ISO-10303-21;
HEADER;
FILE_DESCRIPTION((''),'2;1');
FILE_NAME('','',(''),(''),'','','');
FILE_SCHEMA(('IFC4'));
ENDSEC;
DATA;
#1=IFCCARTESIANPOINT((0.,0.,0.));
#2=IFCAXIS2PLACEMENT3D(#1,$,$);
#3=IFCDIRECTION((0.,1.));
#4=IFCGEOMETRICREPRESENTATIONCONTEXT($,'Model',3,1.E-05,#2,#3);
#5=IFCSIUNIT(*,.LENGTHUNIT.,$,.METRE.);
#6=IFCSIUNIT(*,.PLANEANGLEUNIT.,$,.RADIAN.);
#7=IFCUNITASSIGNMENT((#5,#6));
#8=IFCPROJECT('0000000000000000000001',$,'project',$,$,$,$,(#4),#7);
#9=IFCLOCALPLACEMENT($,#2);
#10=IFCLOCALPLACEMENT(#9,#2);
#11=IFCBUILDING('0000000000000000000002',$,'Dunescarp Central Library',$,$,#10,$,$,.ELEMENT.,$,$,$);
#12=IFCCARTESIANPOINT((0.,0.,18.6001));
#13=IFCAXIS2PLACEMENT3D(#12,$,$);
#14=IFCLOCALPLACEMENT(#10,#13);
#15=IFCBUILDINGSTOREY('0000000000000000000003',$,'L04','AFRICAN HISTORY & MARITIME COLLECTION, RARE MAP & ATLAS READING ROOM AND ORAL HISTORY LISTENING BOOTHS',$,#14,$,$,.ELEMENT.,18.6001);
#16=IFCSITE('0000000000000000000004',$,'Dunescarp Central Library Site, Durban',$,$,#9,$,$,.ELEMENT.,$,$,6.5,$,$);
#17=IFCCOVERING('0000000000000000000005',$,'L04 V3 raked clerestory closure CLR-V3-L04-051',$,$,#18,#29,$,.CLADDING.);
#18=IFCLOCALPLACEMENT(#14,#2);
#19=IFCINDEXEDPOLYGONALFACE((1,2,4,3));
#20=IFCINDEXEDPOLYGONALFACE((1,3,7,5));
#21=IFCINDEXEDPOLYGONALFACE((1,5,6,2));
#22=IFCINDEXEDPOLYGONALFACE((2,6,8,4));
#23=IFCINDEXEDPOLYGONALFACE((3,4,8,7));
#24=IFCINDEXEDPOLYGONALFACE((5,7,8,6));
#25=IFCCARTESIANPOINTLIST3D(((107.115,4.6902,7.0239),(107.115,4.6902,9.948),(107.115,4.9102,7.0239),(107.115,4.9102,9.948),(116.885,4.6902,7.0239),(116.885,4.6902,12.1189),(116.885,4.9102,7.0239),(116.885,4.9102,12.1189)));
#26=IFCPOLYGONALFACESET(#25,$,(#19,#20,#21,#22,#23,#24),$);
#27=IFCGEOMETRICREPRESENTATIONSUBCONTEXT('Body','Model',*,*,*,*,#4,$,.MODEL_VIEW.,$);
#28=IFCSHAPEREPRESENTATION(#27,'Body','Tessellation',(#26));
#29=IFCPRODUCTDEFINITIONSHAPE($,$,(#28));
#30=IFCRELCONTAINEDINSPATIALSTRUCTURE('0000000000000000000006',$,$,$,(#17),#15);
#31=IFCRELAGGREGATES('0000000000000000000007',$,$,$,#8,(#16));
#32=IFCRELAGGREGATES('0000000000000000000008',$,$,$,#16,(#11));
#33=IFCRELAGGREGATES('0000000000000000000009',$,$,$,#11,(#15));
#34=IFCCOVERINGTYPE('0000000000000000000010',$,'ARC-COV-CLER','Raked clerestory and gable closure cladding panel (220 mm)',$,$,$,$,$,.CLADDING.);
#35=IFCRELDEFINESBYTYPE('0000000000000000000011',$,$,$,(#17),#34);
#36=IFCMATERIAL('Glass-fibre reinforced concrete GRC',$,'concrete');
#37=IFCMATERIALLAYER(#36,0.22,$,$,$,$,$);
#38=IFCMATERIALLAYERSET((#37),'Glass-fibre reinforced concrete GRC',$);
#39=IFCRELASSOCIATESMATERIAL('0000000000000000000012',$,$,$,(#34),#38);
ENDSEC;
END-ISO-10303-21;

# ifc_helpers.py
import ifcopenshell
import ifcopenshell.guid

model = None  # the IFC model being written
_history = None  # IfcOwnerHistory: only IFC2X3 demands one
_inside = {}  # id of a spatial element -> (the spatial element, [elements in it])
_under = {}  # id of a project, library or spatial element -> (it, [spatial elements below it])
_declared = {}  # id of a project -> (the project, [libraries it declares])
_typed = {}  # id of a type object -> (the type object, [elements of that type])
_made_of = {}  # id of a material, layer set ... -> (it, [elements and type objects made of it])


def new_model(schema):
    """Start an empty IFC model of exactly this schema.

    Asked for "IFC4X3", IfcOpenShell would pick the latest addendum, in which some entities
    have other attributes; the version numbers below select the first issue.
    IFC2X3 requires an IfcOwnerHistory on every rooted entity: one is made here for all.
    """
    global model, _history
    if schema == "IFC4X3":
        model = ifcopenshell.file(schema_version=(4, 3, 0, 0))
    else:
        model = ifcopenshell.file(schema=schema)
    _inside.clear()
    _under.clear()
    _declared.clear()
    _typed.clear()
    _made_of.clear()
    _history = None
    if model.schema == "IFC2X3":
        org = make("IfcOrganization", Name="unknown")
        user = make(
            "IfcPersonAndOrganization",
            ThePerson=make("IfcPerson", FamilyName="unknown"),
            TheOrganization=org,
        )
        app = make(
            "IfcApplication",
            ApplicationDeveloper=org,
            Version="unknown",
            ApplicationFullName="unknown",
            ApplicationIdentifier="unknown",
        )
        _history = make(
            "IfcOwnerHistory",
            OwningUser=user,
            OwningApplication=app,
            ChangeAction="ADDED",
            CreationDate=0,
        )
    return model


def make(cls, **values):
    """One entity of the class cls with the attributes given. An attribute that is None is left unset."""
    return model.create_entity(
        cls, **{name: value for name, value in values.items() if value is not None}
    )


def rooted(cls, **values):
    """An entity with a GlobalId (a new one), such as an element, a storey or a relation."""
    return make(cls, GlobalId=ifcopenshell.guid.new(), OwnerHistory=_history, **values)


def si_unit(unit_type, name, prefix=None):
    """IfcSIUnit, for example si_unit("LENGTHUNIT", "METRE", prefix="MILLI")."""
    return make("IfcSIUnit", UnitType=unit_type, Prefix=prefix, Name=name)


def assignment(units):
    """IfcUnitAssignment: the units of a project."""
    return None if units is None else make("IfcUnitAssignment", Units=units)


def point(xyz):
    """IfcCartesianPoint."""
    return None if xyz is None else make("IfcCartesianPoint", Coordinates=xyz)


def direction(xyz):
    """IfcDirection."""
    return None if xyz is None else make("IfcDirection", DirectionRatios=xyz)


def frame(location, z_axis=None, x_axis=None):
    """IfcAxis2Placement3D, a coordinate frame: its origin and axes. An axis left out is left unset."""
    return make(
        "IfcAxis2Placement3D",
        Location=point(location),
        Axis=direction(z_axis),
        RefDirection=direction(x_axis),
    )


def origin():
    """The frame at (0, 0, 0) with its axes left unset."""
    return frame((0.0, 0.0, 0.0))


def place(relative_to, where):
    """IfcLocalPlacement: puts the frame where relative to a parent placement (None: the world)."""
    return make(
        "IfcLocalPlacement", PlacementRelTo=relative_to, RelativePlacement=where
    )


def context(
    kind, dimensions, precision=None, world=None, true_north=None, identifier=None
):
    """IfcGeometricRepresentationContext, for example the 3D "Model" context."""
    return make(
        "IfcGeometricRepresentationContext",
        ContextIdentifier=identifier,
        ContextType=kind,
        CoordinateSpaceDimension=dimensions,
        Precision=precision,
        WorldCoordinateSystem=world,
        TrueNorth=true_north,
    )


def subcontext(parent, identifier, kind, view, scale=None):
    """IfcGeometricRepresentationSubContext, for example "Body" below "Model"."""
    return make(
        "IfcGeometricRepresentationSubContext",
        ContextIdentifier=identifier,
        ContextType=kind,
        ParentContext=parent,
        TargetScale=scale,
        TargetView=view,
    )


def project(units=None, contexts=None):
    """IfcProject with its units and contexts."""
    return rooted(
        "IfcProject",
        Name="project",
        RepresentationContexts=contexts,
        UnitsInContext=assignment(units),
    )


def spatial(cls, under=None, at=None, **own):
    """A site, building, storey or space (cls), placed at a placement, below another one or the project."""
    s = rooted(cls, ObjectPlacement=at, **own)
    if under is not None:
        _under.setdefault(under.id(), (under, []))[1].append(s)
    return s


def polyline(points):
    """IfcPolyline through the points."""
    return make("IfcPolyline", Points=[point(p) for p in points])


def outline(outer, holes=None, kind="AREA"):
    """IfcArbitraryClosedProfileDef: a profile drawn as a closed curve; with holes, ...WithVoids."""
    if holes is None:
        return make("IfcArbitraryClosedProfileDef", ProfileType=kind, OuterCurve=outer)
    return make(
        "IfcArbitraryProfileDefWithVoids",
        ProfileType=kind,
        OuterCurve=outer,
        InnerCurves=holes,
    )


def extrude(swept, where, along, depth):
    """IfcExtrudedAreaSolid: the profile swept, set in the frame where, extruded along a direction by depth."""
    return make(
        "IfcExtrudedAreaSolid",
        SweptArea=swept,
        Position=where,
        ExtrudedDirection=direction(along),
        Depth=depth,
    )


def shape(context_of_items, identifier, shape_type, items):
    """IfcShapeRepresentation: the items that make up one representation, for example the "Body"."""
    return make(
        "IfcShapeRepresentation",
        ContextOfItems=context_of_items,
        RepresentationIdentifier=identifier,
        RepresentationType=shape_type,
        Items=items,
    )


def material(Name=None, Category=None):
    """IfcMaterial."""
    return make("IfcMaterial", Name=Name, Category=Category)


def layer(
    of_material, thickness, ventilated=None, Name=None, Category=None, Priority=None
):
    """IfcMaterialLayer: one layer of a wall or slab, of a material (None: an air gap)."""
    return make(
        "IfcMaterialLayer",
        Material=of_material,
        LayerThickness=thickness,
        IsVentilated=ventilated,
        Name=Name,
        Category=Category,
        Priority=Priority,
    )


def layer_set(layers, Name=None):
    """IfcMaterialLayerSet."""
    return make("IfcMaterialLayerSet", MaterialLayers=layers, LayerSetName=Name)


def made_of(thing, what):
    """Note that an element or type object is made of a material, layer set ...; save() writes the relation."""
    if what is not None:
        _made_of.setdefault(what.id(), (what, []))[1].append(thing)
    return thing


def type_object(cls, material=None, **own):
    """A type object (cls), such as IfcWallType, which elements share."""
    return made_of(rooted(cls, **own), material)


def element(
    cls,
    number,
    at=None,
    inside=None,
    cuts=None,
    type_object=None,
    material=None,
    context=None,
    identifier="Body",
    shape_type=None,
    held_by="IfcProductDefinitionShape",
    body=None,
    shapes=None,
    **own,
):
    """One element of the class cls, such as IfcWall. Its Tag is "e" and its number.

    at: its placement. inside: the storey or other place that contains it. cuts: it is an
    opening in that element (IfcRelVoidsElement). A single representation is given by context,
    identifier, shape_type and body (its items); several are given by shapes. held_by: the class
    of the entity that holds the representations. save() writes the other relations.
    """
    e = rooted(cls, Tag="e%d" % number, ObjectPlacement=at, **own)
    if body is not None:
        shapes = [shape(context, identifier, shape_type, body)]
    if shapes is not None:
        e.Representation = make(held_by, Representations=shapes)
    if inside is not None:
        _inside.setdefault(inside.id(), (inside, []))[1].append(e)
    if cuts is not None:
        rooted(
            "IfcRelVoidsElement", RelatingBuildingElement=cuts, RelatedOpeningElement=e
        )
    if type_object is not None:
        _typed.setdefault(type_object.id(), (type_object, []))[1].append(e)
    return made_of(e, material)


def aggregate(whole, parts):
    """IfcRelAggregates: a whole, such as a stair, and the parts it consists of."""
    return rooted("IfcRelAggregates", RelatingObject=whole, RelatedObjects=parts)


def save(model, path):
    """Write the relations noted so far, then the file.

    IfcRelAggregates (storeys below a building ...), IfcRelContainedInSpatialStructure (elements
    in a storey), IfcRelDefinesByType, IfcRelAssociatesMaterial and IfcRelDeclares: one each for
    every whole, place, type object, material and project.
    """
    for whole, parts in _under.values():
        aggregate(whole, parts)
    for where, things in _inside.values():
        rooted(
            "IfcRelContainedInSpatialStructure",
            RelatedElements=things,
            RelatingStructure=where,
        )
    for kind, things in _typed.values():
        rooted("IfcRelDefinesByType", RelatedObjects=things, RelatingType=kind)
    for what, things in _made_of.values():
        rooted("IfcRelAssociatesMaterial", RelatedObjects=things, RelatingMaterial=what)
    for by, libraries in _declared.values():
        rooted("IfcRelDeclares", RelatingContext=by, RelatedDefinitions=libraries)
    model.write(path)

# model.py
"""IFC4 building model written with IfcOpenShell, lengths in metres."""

from ifc_helpers import new_model, si_unit, direction, frame, origin, place, context, subcontext, project, spatial, polyline, outline, extrude, material, layer, layer_set, type_object, element, save


model = new_model("IFC4")

# Units and contexts
model_context = context("Model", 3, precision=1e-05, world=origin(), true_north=direction((0.0, 1.0)))
body_context = subcontext(model_context, "Body", "Model", "MODEL_VIEW")
ifc_project = project(units=[si_unit("LENGTHUNIT", "METRE"), si_unit("PLANEANGLEUNIT", "RADIAN")], contexts=[model_context])

# Site, building, storey
site_placement = place(None, origin())
site = spatial("IfcSite", under=ifc_project, at=site_placement, Name="Dunescarp Central Library Site, Durban", CompositionType="ELEMENT", RefElevation=6.5)
building_placement = place(site_placement, origin())
building = spatial("IfcBuilding", under=site, at=building_placement, Name="Dunescarp Central Library", CompositionType="ELEMENT")
storey_placement = place(building_placement, frame((0.0, 0.0, 18.6001)))
storey = spatial("IfcBuildingStorey", under=building, at=storey_placement, Name="L04", Description="AFRICAN HISTORY & MARITIME COLLECTION, RARE MAP & ATLAS READING ROOM AND ORAL HISTORY LISTENING BOOTHS", CompositionType="ELEMENT", Elevation=18.6001)

# Shared definitions
ifc_material_1 = material(Name="Glass-fibre reinforced concrete GRC", Category="concrete")

# Covering
ifc_layer_1 = layer(ifc_material_1, 0.22)
ifc_layer_set_1 = layer_set([ifc_layer_1], Name="Glass-fibre reinforced concrete GRC")
covering_type = type_object("IfcCoveringType", Name="ARC-COV-CLER", Description="Raked clerestory and gable closure cladding panel (220 mm)", PredefinedType="CLADDING", material=ifc_layer_set_1)
covering_1_placement = place(storey_placement, frame((116.885, 4.8, 7.0239), z_axis=(0.0, 0.0, 1.0), x_axis=(-1.0, 0.0, 0.0)))
element("IfcCovering", 1, at=covering_1_placement, inside=storey, type_object=covering_type, Name="L04 V3 raked clerestory closure CLR-V3-L04-051", PredefinedType="CLADDING", context=body_context, shape_type="SweptSolid", body=[
    extrude(outline(polyline([(0.0, 0.0), (9.77, 0.0), (9.77, 2.9241), (0.0, 5.095), (0.0, 0.0)])), frame((0.0, 0.1099, 0.0), z_axis=(0.0, -1.0, 0.0), x_axis=(1.0, 0.0, 0.0)), (0.0, 0.0, 1.0), 0.22),
])

save(model, "model.ifc")
